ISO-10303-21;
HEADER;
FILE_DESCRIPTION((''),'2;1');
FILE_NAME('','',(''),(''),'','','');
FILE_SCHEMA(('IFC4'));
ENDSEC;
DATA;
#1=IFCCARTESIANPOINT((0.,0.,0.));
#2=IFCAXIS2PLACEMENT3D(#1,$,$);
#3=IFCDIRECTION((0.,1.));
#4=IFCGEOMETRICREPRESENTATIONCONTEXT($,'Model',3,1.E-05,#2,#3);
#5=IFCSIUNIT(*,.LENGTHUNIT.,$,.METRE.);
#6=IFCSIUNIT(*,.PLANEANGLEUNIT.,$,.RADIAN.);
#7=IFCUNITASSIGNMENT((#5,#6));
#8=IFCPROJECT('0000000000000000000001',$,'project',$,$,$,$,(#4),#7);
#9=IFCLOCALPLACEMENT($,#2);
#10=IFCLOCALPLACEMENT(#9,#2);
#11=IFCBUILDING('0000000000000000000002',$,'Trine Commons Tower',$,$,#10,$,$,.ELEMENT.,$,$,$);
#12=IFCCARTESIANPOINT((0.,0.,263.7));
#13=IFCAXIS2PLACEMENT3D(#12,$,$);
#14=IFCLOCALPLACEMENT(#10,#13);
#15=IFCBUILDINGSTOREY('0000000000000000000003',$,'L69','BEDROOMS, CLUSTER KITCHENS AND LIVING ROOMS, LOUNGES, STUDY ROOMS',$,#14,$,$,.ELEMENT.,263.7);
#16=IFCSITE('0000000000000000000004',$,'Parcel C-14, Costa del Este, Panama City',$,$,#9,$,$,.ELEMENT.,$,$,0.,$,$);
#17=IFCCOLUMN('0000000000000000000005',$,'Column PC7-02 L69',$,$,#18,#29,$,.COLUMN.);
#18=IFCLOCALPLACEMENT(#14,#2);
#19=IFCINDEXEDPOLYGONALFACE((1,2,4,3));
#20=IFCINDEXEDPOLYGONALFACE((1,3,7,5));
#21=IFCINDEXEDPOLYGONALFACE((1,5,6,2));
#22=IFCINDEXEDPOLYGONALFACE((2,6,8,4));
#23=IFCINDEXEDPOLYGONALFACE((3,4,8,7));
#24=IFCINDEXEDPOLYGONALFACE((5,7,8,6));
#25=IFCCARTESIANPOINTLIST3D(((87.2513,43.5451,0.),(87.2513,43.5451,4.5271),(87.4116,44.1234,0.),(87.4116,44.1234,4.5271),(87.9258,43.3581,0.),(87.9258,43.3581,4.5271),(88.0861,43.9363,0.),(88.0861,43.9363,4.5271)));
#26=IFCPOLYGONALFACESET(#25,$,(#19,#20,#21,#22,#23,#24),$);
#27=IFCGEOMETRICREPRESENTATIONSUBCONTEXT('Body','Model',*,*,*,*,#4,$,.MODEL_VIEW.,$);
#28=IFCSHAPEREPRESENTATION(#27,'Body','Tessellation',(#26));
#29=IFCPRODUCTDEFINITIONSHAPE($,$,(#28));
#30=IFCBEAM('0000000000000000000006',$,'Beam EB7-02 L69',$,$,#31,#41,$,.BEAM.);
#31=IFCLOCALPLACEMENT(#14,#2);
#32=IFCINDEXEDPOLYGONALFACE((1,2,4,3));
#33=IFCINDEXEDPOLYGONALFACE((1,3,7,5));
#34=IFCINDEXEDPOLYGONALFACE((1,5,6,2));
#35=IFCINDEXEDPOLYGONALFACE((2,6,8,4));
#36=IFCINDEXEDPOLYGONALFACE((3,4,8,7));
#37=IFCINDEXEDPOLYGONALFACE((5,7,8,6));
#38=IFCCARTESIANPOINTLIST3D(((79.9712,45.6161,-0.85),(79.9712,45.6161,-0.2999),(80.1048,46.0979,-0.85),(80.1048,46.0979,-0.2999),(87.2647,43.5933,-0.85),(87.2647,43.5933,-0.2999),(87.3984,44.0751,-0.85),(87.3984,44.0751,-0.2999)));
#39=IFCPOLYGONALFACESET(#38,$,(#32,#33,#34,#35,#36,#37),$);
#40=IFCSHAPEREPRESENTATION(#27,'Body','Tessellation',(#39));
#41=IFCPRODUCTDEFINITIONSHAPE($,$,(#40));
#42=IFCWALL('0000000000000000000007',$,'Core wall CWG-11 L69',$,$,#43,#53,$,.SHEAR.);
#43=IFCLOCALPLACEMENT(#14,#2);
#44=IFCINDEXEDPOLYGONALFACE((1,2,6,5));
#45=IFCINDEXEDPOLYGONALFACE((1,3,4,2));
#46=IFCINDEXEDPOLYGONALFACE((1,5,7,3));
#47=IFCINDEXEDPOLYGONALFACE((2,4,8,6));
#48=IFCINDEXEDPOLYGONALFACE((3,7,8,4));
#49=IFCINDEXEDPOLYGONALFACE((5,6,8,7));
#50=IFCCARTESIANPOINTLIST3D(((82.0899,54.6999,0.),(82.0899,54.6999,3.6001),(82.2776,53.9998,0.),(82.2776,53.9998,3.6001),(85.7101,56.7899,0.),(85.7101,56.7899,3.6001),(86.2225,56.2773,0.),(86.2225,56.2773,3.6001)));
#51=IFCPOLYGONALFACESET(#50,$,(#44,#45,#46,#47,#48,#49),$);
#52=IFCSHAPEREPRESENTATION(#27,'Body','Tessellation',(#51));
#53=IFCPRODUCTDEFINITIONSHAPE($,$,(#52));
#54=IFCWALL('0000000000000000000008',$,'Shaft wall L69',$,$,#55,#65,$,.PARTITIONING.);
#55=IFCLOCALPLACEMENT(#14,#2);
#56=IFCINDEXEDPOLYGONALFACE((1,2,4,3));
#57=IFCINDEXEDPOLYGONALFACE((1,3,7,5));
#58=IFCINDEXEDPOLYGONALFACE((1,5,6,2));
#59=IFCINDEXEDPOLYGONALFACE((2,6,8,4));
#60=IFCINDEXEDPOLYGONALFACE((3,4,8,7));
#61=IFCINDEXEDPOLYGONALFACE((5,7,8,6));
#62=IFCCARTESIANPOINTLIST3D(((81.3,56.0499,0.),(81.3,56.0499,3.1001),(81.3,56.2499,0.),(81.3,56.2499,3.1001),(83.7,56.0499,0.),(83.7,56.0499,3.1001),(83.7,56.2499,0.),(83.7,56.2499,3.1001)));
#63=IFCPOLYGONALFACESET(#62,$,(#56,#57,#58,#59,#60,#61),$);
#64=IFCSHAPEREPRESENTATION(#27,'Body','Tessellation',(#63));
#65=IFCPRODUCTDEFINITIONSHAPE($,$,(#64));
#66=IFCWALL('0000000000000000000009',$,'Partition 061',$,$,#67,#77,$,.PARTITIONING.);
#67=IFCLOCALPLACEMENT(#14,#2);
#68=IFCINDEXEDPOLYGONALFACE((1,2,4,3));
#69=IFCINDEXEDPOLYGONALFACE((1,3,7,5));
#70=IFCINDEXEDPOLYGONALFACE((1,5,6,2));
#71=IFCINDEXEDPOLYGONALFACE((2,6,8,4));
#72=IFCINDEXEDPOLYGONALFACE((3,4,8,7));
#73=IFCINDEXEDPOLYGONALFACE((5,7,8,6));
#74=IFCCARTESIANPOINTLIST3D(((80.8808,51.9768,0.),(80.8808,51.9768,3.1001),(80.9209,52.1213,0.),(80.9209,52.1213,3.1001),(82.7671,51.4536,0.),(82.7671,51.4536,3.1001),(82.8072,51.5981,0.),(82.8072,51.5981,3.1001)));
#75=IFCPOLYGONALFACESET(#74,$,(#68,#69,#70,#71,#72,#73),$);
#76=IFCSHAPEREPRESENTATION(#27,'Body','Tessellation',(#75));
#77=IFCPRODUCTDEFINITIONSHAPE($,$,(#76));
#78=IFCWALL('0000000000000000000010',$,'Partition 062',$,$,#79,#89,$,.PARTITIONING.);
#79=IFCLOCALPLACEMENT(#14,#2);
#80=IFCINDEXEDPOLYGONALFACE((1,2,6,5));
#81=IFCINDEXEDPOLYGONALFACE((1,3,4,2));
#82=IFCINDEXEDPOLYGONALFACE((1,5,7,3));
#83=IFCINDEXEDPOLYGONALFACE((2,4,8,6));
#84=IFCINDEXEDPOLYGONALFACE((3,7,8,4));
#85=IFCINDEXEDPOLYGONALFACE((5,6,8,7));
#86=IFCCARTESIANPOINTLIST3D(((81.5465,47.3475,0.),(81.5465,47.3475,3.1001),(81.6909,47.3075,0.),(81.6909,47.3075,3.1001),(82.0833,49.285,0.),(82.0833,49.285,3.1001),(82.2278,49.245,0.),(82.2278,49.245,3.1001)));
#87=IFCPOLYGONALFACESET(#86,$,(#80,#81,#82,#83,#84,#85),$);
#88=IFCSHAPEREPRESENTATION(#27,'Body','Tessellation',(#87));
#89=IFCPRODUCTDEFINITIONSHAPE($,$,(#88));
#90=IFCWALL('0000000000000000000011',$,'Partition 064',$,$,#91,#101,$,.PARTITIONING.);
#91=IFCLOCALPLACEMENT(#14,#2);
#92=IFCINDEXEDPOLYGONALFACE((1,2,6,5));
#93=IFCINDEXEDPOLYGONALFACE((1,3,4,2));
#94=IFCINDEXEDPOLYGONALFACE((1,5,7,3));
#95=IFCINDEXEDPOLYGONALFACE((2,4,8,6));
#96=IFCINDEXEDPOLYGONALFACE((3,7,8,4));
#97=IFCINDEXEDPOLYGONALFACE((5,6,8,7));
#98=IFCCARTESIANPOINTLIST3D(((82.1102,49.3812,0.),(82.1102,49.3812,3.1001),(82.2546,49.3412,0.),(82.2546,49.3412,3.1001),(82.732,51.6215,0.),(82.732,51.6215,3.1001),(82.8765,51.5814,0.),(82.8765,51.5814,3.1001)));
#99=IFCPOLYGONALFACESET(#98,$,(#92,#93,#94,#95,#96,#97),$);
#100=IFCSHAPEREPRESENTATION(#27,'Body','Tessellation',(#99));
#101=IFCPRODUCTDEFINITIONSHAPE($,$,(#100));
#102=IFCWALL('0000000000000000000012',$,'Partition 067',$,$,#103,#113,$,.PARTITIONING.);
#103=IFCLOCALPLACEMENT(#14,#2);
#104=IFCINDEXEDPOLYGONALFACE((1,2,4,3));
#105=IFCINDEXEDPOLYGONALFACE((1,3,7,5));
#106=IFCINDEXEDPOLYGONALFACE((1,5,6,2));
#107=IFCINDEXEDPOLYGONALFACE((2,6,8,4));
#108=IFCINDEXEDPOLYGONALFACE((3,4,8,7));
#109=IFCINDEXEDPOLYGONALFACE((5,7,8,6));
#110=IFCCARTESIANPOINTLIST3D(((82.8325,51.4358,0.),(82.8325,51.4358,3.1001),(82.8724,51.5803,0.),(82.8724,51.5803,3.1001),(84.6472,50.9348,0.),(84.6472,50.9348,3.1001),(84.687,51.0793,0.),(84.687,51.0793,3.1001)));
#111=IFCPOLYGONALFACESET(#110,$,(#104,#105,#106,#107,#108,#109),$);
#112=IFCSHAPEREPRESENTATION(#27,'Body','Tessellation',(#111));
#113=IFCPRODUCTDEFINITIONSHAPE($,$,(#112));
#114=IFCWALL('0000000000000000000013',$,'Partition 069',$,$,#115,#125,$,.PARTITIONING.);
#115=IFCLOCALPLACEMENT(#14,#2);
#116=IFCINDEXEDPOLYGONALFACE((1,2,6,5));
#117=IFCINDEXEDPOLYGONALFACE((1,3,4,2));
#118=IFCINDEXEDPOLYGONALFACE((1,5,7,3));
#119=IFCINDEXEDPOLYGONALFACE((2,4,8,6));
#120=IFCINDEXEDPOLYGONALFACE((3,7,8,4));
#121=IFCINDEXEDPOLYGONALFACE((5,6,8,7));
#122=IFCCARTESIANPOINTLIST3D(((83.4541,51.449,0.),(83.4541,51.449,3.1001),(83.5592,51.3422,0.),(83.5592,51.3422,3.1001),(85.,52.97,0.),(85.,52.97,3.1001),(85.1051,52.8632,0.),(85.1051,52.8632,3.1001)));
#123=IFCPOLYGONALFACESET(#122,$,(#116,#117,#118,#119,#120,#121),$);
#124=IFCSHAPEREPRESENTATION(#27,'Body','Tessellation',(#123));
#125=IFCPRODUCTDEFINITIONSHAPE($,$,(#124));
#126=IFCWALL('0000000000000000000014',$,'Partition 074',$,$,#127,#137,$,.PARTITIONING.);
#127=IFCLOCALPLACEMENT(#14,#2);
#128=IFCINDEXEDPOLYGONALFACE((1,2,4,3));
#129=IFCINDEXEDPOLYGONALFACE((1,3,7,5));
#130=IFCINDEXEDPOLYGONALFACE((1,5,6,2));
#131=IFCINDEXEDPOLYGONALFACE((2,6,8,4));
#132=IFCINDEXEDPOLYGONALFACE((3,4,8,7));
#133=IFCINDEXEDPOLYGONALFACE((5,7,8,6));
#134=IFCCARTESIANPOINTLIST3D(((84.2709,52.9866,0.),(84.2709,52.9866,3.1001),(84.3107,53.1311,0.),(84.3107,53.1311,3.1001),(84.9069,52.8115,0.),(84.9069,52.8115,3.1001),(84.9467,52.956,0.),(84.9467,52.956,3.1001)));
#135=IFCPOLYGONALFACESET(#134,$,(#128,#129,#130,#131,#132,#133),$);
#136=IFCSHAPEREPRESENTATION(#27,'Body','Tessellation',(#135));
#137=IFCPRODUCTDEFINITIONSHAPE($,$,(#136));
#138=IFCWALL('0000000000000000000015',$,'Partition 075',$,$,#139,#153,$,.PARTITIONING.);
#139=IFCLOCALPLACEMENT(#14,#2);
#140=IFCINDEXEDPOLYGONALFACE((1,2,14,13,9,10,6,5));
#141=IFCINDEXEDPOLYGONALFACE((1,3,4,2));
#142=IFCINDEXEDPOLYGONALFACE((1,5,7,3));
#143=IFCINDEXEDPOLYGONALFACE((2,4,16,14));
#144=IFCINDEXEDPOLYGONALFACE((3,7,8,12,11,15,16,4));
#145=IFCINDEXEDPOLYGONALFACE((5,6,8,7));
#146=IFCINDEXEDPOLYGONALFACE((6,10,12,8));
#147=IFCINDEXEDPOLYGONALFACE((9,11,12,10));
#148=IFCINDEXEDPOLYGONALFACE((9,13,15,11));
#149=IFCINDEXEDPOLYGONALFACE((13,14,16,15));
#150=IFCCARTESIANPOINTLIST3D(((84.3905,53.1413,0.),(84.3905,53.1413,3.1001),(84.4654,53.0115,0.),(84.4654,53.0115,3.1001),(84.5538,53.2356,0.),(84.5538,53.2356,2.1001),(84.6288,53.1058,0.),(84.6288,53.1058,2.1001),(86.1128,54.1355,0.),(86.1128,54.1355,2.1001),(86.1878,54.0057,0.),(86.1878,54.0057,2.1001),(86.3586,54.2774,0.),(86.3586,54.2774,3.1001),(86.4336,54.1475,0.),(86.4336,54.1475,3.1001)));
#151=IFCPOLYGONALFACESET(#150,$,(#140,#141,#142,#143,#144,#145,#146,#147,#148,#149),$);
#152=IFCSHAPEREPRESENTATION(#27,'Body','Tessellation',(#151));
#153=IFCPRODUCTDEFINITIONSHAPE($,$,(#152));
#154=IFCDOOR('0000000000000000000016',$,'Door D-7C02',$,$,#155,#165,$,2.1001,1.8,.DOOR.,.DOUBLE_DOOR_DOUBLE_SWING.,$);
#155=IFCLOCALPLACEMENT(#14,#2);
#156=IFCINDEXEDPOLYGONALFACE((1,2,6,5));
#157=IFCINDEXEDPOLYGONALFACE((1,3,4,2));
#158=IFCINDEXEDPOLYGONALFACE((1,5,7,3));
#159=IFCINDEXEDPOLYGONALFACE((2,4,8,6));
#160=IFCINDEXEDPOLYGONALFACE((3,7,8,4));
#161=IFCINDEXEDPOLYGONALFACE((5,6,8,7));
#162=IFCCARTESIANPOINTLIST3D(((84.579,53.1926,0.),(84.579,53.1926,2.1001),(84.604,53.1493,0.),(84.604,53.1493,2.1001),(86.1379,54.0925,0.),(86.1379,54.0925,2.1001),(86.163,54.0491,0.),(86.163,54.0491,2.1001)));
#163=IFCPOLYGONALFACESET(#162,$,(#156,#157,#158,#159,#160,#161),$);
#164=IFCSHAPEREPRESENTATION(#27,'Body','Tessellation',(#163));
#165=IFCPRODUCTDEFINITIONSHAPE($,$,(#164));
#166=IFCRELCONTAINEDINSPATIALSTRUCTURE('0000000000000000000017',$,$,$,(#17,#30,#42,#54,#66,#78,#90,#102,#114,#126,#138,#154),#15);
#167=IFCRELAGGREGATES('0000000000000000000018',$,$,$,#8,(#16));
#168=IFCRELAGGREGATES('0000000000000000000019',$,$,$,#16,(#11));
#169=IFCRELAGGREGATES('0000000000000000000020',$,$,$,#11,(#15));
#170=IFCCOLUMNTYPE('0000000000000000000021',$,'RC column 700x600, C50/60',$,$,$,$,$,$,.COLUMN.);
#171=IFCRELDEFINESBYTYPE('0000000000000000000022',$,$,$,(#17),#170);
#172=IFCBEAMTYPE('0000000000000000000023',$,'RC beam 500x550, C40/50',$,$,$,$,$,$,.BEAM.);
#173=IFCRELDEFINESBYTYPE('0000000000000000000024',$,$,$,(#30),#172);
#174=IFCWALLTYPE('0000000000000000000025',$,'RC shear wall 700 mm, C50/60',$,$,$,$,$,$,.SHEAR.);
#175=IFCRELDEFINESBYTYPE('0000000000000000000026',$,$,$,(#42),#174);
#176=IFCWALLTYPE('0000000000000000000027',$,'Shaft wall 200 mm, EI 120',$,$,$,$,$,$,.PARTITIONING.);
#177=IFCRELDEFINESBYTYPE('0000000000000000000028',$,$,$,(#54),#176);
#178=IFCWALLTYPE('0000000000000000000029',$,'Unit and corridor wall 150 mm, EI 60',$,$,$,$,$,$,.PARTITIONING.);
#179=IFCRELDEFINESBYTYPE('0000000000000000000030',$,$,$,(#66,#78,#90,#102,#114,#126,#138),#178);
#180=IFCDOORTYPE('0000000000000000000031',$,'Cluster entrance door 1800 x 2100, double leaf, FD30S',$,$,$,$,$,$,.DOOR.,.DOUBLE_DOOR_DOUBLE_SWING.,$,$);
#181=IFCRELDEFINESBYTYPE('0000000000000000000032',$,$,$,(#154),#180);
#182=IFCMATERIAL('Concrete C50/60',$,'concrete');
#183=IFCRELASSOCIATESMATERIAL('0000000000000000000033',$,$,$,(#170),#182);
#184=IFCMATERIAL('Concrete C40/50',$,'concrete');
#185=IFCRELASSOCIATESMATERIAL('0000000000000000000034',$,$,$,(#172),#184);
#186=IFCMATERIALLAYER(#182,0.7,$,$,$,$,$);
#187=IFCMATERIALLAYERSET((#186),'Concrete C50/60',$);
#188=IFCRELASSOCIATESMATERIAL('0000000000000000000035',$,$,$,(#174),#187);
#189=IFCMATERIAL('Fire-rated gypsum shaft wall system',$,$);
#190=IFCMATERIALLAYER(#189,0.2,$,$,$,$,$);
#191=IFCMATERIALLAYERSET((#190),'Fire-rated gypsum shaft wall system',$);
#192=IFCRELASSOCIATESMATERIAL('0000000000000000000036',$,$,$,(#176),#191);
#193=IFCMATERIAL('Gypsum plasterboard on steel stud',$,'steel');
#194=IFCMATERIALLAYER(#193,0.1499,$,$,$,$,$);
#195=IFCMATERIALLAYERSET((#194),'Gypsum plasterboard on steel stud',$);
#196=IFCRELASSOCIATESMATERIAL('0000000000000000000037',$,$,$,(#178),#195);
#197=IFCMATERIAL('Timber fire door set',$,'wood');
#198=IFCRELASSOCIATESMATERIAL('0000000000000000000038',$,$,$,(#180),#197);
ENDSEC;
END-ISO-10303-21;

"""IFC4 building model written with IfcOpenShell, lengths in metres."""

from ifc_helpers import new_model, si_unit, direction, frame, frame_2d, origin, origin_2d, place, context, subcontext, project, spatial, polyline, rectangle, outline, extrude, material, layer, layer_set, material_profile, profile_set, type_object, element, fill, save


model = new_model("IFC4")

# Units and contexts
model_context = context("Model", 3, precision=1e-05, world=origin(), true_north=direction((0.0, 1.0)))
body_context = subcontext(model_context, "Body", "Model", "MODEL_VIEW")
ifc_project = project(units=[si_unit("LENGTHUNIT", "METRE"), si_unit("PLANEANGLEUNIT", "RADIAN")], contexts=[model_context])

# Site, building, storey
site_placement = place(None, origin())
site = spatial("IfcSite", under=ifc_project, at=site_placement, Name="Parcel C-14, Costa del Este, Panama City", CompositionType="ELEMENT", RefElevation=0.0)
building_placement = place(site_placement, origin())
building = spatial("IfcBuilding", under=site, at=building_placement, Name="Trine Commons Tower", CompositionType="ELEMENT")
storey_placement = place(building_placement, frame((0.0, 0.0, 263.7)))
storey = spatial("IfcBuildingStorey", under=building, at=storey_placement, Name="L69", Description="BEDROOMS, CLUSTER KITCHENS AND LIVING ROOMS, LOUNGES, STUDY ROOMS", CompositionType="ELEMENT", Elevation=263.7)

# Column
ifc_material_1 = material(Name="Concrete C50/60", Category="concrete")
ifc_material_profile_1 = material_profile(ifc_material_1, rectangle(XDim=0.7, YDim=0.6001, at=origin_2d()), Name="RC 700x600")
ifc_profile_set_1 = profile_set([ifc_material_profile_1], Name="Concrete C50/60")
column_type = type_object("IfcColumnType", Name="RC column 700x600, C50/60", PredefinedType="COLUMN", material=ifc_profile_set_1)
column_placement = place(storey_placement, frame((87.6687, 43.7407, 0.0), z_axis=(0.0, 0.0, 1.0), x_axis=(-0.96363, 0.267238, 0.0)))
element("IfcColumn", 1, at=column_placement, inside=storey, type_object=column_type, Name="Column PC7-02 L69", PredefinedType="COLUMN", context=body_context, shape_type="SweptSolid", body=[
    extrude(rectangle(XDim=0.7, YDim=0.6001, at=origin_2d()), origin(), (0.0, 0.0, 1.0), 4.5271),
])

# Beam
ifc_material_2 = material(Name="Concrete C40/50", Category="concrete")
ifc_material_profile_2 = material_profile(ifc_material_2, rectangle(XDim=0.5, YDim=0.55, at=origin_2d()), Name="RC 500x550")
ifc_profile_set_2 = profile_set([ifc_material_profile_2], Name="Concrete C40/50")
beam_type = type_object("IfcBeamType", Name="RC beam 500x550, C40/50", PredefinedType="BEAM", material=ifc_profile_set_2)
beam_placement = place(storey_placement, frame((87.3315, 43.8342, -0.575), z_axis=(-0.963629, 0.267245, 0.0), x_axis=(-0.267245, -0.963629, 0.0)))
element("IfcBeam", 2, at=beam_placement, inside=storey, type_object=beam_type, Name="Beam EB7-02 L69", PredefinedType="BEAM", context=body_context, shape_type="SweptSolid", body=[
    extrude(rectangle(XDim=0.5, YDim=0.55, at=origin_2d()), origin(), (0.0, 0.0, 1.0), 7.5688),
])

# Walls
ifc_layer_1 = layer(ifc_material_1, 0.7)
ifc_layer_set_1 = layer_set([ifc_layer_1], Name="Concrete C50/60")
wall_type_1 = type_object("IfcWallType", Name="RC shear wall 700 mm, C50/60", PredefinedType="SHEAR", material=ifc_layer_set_1)
wall_1_placement = place(storey_placement, frame((82.1025, 54.303, 0.0), z_axis=(0.0, 0.0, 1.0), x_axis=(0.866035, 0.499984, 0.0)))
element("IfcWall", 3, at=wall_1_placement, inside=storey, type_object=wall_type_1, Name="Core wall CWG-11 L69", PredefinedType="SHEAR", context=body_context, shape_type="SweptSolid", body=[
    extrude(outline(polyline([(0.0, -0.3501), (4.5552, -0.3501), (4.3677, 0.3501), (0.1875, 0.3501), (0.0, -0.3501)])), origin(), (0.0, 0.0, 1.0), 3.6001),
])
ifc_material_3 = material(Name="Fire-rated gypsum shaft wall system")
ifc_layer_2 = layer(ifc_material_3, 0.2)
ifc_layer_set_2 = layer_set([ifc_layer_2], Name="Fire-rated gypsum shaft wall system")
wall_type_2 = type_object("IfcWallType", Name="Shaft wall 200 mm, EI 120", PredefinedType="PARTITIONING", material=ifc_layer_set_2)
wall_2_placement = place(storey_placement, frame((81.3, 56.1499, 0.0), z_axis=(0.0, 0.0, 1.0), x_axis=(1.0, 0.0, 0.0)))
element("IfcWall", 4, at=wall_2_placement, inside=storey, type_object=wall_type_2, Name="Shaft wall L69", PredefinedType="PARTITIONING", context=body_context, shape_type="SweptSolid", body=[
    extrude(rectangle(XDim=2.3999, YDim=0.2, at=frame_2d((1.2, 0.0))), origin(), (0.0, 0.0, 1.0), 3.1001),
])
ifc_material_4 = material(Name="Gypsum plasterboard on steel stud", Category="steel")
ifc_layer_3 = layer(ifc_material_4, 0.1499)
ifc_layer_set_3 = layer_set([ifc_layer_3], Name="Gypsum plasterboard on steel stud")
wall_type_3 = type_object("IfcWallType", Name="Unit and corridor wall 150 mm, EI 60", PredefinedType="PARTITIONING", material=ifc_layer_set_3)
wall_3_placement = place(storey_placement, frame((80.9009, 52.0491, 0.0), z_axis=(0.0, 0.0, 1.0), x_axis=(0.963618, -0.267284, 0.0)))
element("IfcWall", 5, at=wall_3_placement, inside=storey, type_object=wall_type_3, Name="Partition 061", PredefinedType="PARTITIONING", context=body_context, shape_type="SweptSolid", body=[
    extrude(rectangle(XDim=1.9575, YDim=0.1499, at=frame_2d((0.9788, 0.0))), origin(), (0.0, 0.0, 1.0), 3.1001),
])
wall_4_placement = place(storey_placement, frame((81.6187, 47.3274, 0.0), z_axis=(0.0, 0.0, 1.0), x_axis=(0.26703, 0.963688, 0.0)))
element("IfcWall", 6, at=wall_4_placement, inside=storey, type_object=wall_type_3, Name="Partition 062", PredefinedType="PARTITIONING", context=body_context, shape_type="SweptSolid", body=[
    extrude(rectangle(XDim=2.0105, YDim=0.1499, at=frame_2d((1.0054, 0.0))), origin(), (0.0, 0.0, 1.0), 3.1001),
])
wall_5_placement = place(storey_placement, frame((82.1824, 49.3611, 0.0), z_axis=(0.0, 0.0, 1.0), x_axis=(0.26746, 0.963569, 0.0)))
element("IfcWall", 7, at=wall_5_placement, inside=storey, type_object=wall_type_3, Name="Partition 064", PredefinedType="PARTITIONING", context=body_context, shape_type="SweptSolid", body=[
    extrude(rectangle(XDim=2.325, YDim=0.1499, at=frame_2d((1.1626, 0.0))), origin(), (0.0, 0.0, 1.0), 3.1001),
])
wall_6_placement = place(storey_placement, frame((82.8523, 51.5081, 0.0), z_axis=(0.0, 0.0, 1.0), x_axis=(0.963942, -0.266112, 0.0)))
element("IfcWall", 8, at=wall_6_placement, inside=storey, type_object=wall_type_3, Name="Partition 067", PredefinedType="PARTITIONING", context=body_context, shape_type="SweptSolid", body=[
    extrude(rectangle(XDim=1.8826, YDim=0.1499, at=frame_2d((0.9414, 0.0))), origin(), (0.0, 0.0, 1.0), 3.1001),
])
wall_7_placement = place(storey_placement, frame((83.5066, 51.3955, 0.0), z_axis=(0.0, 0.0, 1.0), x_axis=(0.712825, 0.701342, 0.0)))
element("IfcWall", 9, at=wall_7_placement, inside=storey, type_object=wall_type_3, Name="Partition 069", PredefinedType="PARTITIONING", context=body_context, shape_type="SweptSolid", body=[
    extrude(rectangle(XDim=2.1687, YDim=0.1499, at=frame_2d((1.0845, 0.0))), origin(), (0.0, 0.0, 1.0), 3.1001),
])
wall_8_placement = place(storey_placement, frame((84.2908, 53.0588, 0.0), z_axis=(0.0, 0.0, 1.0), x_axis=(0.964146, -0.265372, 0.0)))
element("IfcWall", 10, at=wall_8_placement, inside=storey, type_object=wall_type_3, Name="Partition 074", PredefinedType="PARTITIONING", context=body_context, shape_type="SweptSolid", body=[
    extrude(rectangle(XDim=0.6597, YDim=0.1499, at=frame_2d((0.3298, 0.0))), origin(), (0.0, 0.0, 1.0), 3.1001),
])

# Wall, opening, door
wall_9_placement = place(storey_placement, frame((84.428, 53.0764, 0.0), z_axis=(0.0, 0.0, 1.0), x_axis=(0.866073, 0.499918, 0.0)))
wall_9 = element("IfcWall", 11, at=wall_9_placement, inside=storey, type_object=wall_type_3, Name="Partition 075", PredefinedType="PARTITIONING", context=body_context, shape_type="SweptSolid", body=[
    extrude(rectangle(XDim=2.2725, YDim=0.1499, at=frame_2d((1.1362, 0.0))), origin(), (0.0, 0.0, 1.0), 3.1001),
])
opening_1_placement = place(wall_9_placement, frame((0.1887, 0.0, 0.0)))
opening_1 = element("IfcOpeningElement", 12, at=opening_1_placement, cuts=wall_9, PredefinedType="OPENING", context=body_context, shape_type="SweptSolid", body=[
    extrude(rectangle(XDim=1.8, YDim=2.1001, at=frame_2d((0.8999, 1.05))), frame((0.0, 0.085, 0.0), z_axis=(0.0, -1.0, 0.0), x_axis=(1.0, 0.0, 0.0)), (0.0, 0.0, 1.0), 0.1699),
])
ifc_material_5 = material(Name="Timber fire door set", Category="wood")
door_type_1 = type_object("IfcDoorType", Name="Cluster entrance door 1800 x 2100, double leaf, FD30S", OperationType="DOUBLE_DOOR_DOUBLE_SWING", PredefinedType="DOOR", material=ifc_material_5)
door_1_placement = place(opening_1_placement, frame((1.8, 0.0, 0.0), z_axis=(0.0, 0.0, 1.0), x_axis=(-1.0, 0.0, 0.0)))
door_1 = element("IfcDoor", 13, at=door_1_placement, inside=storey, type_object=door_type_1, Name="Door D-7C02", OperationType="DOUBLE_DOOR_DOUBLE_SWING", OverallHeight=2.1001, OverallWidth=1.8, PredefinedType="DOOR", context=body_context, shape_type="SweptSolid", body=[
    extrude(rectangle(XDim=1.8, YDim=2.1001, at=frame_2d((0.8999, 1.05))), frame((0.0, 0.0249, 0.0), z_axis=(0.0, -1.0, 0.0), x_axis=(1.0, 0.0, 0.0)), (0.0, 0.0, 1.0), 0.05),
])
fill(opening_1, door_1)

save(model, "model.ifc")
